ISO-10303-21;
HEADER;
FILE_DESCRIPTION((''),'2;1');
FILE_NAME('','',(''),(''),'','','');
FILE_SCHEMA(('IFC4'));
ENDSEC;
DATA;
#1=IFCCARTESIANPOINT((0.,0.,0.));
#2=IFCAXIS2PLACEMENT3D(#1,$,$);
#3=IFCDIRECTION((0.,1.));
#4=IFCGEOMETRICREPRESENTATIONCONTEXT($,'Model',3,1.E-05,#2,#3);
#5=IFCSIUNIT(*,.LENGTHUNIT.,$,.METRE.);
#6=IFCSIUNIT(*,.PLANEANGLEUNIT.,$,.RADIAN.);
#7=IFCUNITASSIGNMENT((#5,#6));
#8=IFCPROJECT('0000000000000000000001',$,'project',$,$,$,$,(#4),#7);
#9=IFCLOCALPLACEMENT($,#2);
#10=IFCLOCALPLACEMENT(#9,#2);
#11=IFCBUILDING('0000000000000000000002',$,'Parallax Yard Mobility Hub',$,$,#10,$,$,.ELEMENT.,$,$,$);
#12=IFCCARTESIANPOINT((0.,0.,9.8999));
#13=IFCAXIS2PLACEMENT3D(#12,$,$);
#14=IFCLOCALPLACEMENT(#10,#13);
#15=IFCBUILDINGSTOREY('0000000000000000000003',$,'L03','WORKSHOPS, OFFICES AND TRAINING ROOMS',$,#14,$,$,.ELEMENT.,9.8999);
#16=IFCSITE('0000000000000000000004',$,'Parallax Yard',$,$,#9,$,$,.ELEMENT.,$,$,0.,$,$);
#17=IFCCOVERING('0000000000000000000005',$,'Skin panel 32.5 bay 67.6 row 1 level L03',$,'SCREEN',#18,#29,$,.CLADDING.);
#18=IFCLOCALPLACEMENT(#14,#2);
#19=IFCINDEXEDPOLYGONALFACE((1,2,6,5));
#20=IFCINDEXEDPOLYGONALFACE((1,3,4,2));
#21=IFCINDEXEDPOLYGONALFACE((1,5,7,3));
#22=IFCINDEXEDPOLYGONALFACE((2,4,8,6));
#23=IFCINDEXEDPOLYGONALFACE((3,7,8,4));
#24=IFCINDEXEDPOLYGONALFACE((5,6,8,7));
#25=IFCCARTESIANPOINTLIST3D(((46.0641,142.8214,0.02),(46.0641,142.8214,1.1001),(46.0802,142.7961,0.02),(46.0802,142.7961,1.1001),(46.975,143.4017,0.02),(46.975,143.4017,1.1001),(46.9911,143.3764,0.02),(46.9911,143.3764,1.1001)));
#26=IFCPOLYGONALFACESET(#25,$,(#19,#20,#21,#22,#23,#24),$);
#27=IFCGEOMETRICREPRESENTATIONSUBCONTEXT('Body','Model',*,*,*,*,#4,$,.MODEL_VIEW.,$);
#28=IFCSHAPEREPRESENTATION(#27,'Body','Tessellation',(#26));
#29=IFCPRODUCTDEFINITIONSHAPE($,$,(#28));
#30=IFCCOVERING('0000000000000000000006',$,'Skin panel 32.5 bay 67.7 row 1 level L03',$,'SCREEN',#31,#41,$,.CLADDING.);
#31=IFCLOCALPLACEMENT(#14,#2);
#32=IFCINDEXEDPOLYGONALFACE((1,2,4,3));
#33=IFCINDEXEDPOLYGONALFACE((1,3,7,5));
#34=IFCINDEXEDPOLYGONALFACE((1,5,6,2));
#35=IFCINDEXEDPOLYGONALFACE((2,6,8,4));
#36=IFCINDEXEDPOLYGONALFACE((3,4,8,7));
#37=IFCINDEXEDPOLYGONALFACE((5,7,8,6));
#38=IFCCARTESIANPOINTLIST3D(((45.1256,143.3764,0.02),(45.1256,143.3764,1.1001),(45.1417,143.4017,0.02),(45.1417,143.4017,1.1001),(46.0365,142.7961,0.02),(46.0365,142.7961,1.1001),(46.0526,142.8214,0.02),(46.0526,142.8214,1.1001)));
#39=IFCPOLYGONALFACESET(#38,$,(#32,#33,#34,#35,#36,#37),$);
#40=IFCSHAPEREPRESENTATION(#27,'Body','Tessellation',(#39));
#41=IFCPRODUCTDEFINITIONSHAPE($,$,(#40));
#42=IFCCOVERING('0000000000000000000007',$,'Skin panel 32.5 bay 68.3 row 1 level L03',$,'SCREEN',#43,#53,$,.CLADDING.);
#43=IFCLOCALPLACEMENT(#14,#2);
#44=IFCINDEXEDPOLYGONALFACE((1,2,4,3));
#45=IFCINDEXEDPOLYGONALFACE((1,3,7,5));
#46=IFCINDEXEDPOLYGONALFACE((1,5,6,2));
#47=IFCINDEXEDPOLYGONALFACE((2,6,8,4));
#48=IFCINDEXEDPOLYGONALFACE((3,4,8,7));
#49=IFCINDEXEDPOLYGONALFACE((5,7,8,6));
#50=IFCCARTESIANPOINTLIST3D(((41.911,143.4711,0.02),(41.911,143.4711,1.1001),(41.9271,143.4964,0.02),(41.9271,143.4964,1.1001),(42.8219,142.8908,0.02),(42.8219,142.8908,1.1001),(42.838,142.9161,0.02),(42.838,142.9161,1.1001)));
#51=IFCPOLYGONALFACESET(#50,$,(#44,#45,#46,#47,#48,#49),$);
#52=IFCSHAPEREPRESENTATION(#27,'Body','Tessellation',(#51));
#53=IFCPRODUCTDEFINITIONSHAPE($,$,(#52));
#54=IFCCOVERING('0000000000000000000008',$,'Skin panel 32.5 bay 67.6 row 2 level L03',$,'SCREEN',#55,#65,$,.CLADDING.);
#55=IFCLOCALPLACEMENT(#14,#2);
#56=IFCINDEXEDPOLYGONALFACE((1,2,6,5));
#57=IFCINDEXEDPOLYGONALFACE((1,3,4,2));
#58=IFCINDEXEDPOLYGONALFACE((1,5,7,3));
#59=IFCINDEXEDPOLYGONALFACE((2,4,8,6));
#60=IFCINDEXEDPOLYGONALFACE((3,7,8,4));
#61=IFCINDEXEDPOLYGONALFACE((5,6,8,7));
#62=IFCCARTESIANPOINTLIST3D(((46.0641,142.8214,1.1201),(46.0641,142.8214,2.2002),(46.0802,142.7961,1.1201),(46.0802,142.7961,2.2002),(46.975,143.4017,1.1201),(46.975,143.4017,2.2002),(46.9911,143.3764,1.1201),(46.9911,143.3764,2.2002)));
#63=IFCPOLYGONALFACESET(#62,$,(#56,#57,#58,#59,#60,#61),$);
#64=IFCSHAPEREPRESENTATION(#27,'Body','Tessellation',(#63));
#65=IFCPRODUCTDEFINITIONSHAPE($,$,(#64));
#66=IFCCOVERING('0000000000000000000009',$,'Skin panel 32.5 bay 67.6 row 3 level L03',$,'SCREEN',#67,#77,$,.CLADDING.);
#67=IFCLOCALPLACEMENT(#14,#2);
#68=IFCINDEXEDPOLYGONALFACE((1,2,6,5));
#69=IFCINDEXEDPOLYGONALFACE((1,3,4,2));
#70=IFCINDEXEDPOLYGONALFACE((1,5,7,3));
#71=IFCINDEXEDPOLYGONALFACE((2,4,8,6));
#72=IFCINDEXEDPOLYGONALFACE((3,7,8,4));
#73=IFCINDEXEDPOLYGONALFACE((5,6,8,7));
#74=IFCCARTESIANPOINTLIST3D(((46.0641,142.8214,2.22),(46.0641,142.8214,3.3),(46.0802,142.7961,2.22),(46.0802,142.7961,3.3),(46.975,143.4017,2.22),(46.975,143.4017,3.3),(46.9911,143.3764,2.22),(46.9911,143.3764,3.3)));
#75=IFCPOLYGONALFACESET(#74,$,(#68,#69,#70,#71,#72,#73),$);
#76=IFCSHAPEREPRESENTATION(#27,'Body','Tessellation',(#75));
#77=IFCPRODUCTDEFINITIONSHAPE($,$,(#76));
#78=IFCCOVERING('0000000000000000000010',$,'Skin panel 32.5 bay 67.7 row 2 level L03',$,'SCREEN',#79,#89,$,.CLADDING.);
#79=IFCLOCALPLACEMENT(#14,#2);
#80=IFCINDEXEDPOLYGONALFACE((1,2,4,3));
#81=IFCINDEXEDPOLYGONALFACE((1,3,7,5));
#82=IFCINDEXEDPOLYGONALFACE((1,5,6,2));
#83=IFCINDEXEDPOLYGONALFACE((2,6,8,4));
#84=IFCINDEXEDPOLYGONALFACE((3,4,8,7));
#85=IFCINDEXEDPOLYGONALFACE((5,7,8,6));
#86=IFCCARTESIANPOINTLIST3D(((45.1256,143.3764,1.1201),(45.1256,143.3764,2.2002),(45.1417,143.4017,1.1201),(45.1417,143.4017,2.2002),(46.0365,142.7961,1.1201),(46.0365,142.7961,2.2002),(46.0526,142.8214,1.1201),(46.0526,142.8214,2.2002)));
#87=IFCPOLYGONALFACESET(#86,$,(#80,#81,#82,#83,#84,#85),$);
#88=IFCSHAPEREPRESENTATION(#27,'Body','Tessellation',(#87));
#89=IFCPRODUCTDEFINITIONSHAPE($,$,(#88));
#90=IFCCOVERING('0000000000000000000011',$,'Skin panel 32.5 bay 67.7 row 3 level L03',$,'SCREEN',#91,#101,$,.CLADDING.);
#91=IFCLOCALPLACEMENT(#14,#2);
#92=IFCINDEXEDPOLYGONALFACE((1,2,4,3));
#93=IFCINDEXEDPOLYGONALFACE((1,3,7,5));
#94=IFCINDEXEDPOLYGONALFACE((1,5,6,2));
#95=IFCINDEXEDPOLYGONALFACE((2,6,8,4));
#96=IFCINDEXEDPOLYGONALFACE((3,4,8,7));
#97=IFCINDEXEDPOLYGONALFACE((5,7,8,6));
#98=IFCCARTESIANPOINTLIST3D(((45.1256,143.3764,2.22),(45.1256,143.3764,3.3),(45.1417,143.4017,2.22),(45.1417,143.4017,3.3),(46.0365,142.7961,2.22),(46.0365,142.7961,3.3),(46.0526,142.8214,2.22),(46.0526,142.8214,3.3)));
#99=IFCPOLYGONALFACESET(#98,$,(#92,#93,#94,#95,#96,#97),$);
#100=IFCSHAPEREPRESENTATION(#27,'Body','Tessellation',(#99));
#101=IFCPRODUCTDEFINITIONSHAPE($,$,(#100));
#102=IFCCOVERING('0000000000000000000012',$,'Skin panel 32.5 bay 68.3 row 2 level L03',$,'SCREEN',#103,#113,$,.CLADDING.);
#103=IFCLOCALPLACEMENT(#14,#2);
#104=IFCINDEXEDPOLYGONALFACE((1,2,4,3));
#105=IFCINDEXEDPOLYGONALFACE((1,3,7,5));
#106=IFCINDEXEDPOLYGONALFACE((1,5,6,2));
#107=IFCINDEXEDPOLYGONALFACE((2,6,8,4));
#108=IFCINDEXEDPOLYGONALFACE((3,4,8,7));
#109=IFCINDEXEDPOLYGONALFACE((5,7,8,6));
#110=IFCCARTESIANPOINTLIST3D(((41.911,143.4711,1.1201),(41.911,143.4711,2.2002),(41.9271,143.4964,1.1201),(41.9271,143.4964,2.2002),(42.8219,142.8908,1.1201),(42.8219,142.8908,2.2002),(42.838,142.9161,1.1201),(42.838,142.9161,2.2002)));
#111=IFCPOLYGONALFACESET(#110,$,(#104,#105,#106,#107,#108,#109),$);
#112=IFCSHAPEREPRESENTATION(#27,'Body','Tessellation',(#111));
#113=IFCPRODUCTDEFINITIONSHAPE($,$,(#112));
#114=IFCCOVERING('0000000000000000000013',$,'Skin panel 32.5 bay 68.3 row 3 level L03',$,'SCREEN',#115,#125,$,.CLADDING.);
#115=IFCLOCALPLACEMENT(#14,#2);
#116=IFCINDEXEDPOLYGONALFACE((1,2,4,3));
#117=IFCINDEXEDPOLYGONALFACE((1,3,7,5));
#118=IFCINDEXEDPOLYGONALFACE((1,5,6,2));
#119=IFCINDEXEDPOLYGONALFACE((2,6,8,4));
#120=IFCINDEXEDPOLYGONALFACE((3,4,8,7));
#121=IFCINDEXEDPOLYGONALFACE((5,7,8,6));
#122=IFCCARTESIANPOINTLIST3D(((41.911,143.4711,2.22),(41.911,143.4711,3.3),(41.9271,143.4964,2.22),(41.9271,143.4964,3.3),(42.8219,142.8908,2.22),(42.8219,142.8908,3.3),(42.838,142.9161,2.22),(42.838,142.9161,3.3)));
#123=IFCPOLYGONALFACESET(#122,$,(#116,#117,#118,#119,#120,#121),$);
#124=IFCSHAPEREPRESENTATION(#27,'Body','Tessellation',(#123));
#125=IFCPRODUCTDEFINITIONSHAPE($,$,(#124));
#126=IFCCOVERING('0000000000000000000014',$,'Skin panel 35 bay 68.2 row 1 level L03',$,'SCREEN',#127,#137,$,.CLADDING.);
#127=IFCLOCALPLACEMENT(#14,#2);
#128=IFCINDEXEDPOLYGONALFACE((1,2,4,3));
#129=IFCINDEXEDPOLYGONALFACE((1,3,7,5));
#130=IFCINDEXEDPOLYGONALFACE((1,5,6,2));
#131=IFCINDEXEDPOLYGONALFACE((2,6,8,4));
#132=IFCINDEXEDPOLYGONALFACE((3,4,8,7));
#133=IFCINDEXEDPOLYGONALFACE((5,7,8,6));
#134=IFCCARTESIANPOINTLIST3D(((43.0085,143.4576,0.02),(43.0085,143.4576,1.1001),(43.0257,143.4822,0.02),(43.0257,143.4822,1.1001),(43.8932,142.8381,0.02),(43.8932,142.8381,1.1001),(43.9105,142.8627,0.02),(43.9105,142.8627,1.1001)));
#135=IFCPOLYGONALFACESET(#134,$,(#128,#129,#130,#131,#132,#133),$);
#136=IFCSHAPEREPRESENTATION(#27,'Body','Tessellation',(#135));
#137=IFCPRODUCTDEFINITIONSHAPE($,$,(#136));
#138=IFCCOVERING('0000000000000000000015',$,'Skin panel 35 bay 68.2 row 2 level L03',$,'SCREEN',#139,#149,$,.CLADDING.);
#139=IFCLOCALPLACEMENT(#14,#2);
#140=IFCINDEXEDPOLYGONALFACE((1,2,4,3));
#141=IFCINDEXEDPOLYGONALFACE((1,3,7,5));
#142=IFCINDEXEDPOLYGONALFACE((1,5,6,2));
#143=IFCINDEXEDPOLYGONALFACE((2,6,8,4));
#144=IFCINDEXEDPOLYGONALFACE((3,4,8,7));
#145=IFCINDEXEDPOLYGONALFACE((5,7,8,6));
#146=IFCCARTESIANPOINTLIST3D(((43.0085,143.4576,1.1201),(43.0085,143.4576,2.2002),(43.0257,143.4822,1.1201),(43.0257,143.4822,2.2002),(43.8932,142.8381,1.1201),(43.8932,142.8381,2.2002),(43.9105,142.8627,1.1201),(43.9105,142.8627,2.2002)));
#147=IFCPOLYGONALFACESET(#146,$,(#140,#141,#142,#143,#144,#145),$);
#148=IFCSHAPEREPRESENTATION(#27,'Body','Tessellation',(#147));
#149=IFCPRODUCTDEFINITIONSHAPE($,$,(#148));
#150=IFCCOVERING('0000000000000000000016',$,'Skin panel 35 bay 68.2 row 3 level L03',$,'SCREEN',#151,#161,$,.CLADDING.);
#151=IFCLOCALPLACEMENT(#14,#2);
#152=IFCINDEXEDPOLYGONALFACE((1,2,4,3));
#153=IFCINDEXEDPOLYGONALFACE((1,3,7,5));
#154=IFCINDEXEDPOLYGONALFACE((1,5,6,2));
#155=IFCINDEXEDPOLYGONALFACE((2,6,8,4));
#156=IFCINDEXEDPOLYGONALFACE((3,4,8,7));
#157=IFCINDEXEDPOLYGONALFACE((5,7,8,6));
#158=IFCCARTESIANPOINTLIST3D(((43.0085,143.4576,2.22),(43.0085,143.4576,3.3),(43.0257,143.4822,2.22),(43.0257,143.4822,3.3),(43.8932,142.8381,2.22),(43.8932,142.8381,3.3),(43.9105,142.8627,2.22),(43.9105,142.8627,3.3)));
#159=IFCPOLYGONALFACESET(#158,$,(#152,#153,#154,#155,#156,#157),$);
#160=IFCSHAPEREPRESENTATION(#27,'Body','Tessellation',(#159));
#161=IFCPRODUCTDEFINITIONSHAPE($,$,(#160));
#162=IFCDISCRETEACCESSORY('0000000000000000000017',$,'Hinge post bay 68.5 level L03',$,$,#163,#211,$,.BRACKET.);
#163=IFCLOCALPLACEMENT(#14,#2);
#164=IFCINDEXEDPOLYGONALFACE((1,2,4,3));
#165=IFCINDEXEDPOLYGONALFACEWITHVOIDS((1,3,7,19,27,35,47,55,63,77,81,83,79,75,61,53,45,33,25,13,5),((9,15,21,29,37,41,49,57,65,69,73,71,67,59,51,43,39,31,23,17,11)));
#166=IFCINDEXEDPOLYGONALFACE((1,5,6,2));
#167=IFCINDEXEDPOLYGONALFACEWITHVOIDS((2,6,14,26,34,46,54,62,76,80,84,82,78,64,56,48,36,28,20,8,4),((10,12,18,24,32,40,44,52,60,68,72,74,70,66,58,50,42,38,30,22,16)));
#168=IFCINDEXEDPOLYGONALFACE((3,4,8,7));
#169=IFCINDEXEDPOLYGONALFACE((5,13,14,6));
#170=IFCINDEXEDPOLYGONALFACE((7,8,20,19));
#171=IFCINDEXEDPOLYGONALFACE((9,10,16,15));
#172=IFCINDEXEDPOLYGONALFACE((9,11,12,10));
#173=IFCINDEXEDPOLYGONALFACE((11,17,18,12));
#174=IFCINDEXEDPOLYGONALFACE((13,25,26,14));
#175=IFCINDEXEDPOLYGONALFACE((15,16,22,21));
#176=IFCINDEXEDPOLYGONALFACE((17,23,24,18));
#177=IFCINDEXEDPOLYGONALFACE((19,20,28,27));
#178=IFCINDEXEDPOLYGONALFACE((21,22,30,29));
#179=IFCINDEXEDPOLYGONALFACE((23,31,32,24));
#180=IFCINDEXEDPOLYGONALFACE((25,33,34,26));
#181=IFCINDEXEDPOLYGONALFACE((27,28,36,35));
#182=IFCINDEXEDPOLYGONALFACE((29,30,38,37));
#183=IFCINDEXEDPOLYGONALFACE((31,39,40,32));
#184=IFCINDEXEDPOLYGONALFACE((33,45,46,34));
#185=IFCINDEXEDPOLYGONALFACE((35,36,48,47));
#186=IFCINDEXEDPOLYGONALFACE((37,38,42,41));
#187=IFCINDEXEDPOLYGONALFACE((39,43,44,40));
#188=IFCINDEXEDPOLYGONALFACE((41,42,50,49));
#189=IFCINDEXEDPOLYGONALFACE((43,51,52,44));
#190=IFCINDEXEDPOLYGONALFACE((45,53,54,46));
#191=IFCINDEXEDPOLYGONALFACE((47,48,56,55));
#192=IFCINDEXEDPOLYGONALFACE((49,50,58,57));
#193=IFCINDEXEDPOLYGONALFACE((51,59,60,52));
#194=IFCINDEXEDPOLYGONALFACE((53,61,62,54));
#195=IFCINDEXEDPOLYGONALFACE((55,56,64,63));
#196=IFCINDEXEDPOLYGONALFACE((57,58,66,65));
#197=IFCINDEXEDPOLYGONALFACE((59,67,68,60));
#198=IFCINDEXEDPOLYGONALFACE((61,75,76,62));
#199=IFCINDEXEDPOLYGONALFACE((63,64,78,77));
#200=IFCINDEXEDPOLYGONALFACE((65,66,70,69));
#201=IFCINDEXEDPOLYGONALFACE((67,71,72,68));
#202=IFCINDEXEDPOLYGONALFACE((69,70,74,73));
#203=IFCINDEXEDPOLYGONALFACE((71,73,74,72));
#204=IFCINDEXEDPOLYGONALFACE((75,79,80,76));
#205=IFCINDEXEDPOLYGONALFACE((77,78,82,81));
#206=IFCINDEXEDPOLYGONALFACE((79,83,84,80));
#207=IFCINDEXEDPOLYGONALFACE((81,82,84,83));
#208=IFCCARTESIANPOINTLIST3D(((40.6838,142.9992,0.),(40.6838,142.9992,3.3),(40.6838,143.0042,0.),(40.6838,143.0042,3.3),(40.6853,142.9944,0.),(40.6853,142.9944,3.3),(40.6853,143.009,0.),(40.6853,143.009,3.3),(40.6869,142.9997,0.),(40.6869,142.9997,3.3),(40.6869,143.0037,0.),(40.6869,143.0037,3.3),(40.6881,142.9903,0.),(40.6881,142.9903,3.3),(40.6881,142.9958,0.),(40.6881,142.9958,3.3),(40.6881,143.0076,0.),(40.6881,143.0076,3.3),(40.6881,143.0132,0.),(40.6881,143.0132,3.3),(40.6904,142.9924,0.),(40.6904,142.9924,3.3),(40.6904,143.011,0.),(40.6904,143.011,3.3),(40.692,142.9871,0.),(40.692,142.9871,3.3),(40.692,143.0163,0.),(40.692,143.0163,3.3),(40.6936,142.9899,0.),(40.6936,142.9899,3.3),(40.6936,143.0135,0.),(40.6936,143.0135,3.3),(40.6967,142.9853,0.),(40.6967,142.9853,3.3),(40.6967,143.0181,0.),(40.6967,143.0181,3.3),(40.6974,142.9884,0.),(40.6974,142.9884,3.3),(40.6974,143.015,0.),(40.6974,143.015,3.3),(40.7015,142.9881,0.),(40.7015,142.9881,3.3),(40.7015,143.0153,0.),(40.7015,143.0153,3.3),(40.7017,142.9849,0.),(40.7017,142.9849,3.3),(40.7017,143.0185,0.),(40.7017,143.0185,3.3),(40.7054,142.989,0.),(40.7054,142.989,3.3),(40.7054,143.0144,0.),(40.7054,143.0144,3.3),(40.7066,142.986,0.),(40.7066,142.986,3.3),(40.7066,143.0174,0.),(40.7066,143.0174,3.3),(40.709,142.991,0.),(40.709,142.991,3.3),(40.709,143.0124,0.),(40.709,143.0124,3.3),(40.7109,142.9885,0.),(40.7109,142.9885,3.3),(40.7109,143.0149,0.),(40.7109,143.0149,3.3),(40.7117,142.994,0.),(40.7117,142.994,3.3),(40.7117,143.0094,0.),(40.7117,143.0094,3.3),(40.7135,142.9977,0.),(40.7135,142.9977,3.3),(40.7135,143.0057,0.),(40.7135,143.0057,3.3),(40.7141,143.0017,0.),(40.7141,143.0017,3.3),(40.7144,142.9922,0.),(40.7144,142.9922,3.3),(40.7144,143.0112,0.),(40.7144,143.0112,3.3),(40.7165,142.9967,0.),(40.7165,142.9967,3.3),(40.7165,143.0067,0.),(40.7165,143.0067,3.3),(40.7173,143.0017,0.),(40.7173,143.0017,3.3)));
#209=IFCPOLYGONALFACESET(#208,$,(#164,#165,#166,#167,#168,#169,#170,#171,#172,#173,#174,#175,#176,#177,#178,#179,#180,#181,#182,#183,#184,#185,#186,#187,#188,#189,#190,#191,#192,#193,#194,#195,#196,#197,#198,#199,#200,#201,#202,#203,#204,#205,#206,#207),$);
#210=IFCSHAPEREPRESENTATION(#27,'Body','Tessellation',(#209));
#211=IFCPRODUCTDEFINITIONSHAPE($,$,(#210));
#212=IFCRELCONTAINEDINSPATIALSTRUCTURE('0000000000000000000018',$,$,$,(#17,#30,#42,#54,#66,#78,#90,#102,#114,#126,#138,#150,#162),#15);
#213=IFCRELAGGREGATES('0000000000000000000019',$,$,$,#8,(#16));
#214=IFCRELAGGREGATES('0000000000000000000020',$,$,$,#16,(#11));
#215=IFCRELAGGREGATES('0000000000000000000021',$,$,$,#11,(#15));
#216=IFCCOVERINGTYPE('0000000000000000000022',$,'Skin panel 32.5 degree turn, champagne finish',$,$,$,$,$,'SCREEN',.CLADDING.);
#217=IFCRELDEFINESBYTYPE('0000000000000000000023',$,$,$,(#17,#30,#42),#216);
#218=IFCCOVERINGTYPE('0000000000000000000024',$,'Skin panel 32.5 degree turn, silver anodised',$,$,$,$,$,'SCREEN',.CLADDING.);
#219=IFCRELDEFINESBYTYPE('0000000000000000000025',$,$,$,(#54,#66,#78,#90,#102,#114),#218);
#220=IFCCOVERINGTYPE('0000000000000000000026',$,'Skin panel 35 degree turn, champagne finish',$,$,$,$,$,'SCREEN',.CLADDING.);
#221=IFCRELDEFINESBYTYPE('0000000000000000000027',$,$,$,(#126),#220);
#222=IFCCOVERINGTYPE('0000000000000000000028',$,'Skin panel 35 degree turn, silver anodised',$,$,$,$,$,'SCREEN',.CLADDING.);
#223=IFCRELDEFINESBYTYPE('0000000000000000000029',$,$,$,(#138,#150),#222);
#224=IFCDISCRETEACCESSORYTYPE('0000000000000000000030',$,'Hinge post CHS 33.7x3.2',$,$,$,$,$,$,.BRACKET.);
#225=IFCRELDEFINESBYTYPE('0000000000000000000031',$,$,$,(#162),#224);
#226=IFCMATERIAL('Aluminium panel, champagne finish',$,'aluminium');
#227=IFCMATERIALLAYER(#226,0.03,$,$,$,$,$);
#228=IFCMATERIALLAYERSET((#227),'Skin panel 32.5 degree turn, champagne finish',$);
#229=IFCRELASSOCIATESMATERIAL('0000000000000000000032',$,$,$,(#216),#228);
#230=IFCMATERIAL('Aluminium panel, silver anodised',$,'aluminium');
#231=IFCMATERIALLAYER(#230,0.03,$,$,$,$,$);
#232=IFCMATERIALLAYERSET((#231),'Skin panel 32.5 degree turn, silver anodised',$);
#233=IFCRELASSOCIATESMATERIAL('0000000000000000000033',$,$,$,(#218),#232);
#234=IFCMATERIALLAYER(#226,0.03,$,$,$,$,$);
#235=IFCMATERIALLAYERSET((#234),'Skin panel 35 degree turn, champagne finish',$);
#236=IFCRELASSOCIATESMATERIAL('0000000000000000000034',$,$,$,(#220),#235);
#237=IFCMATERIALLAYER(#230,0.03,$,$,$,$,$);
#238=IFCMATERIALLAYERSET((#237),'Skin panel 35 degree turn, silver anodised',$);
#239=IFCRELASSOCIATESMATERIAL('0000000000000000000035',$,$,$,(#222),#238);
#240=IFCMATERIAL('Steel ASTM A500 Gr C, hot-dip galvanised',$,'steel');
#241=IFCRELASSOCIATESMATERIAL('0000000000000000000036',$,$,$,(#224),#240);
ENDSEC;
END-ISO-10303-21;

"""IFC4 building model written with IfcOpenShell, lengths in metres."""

from ifc_helpers import new_model, si_unit, direction, frame, origin, origin_2d, place, context, subcontext, project, spatial, rectangle, hollow_circle, extrude, material, layer, layer_set, material_profile, profile_set, type_object, element, save


model = new_model("IFC4")

# Units and contexts
model_context = context("Model", 3, precision=1e-05, world=origin(), true_north=direction((0.0, 1.0)))
body_context = subcontext(model_context, "Body", "Model", "MODEL_VIEW")
ifc_project = project(units=[si_unit("LENGTHUNIT", "METRE"), si_unit("PLANEANGLEUNIT", "RADIAN")], contexts=[model_context])

# Site, building, storey
site_placement = place(None, origin())
site = spatial("IfcSite", under=ifc_project, at=site_placement, Name="Parallax Yard", CompositionType="ELEMENT", RefElevation=0.0)
building_placement = place(site_placement, origin())
building = spatial("IfcBuilding", under=site, at=building_placement, Name="Parallax Yard Mobility Hub", CompositionType="ELEMENT")
storey_placement = place(building_placement, frame((0.0, 0.0, 9.8999)))
storey = spatial("IfcBuildingStorey", under=building, at=storey_placement, Name="L03", Description="WORKSHOPS, OFFICES AND TRAINING ROOMS", CompositionType="ELEMENT", Elevation=9.8999)

# Coverings
ifc_material_1 = material(Name="Aluminium panel, champagne finish", Category="aluminium")
ifc_material_2 = material(Name="Aluminium panel, silver anodised", Category="aluminium")
ifc_layer_1 = layer(ifc_material_1, 0.03)
ifc_layer_set_1 = layer_set([ifc_layer_1], Name="Skin panel 32.5 degree turn, champagne finish")
covering_type_1 = type_object("IfcCoveringType", Name="Skin panel 32.5 degree turn, champagne finish", ElementType="SCREEN", PredefinedType="CLADDING", material=ifc_layer_set_1)
for number, where, z_axis, x_axis, name in (
    (1, (46.5276, 143.0989, 0.02), (0.0, 0.0, 1.0), (0.843391, 0.5373, 0.0), "Skin panel 32.5 bay 67.6 row 1 level L03"),
    (2, (45.5891, 143.0989, 0.02), (0.0, 0.0, 1.0), (-0.843391, 0.5373, 0.0), "Skin panel 32.5 bay 67.7 row 1 level L03"),
    (3, (42.3745, 143.1936, 0.02), (0.0, 0.0, 1.0), (-0.843391, 0.5373, 0.0), "Skin panel 32.5 bay 68.3 row 1 level L03"),
):
    element("IfcCovering", number, at=place(storey_placement, frame(where, z_axis=z_axis, x_axis=x_axis)), inside=storey, type_object=covering_type_1, Name=name, ObjectType="SCREEN", PredefinedType="CLADDING", context=body_context, shape_type="SweptSolid", body=[
        extrude(rectangle(XDim=1.0801, YDim=0.03, at=origin_2d()), origin(), (0.0, 0.0, 1.0), 1.0801),
    ])
ifc_layer_2 = layer(ifc_material_2, 0.03)
ifc_layer_set_2 = layer_set([ifc_layer_2], Name="Skin panel 32.5 degree turn, silver anodised")
covering_type_2 = type_object("IfcCoveringType", Name="Skin panel 32.5 degree turn, silver anodised", ElementType="SCREEN", PredefinedType="CLADDING", material=ifc_layer_set_2)
for number, where, z_axis, x_axis, name in (
    (4, (46.5276, 143.0989, 1.1201), (0.0, 0.0, 1.0), (0.843391, 0.5373, 0.0), "Skin panel 32.5 bay 67.6 row 2 level L03"),
    (5, (46.5276, 143.0989, 2.22), (0.0, 0.0, 1.0), (0.843391, 0.5373, 0.0), "Skin panel 32.5 bay 67.6 row 3 level L03"),
    (6, (45.5891, 143.0989, 1.1201), (0.0, 0.0, 1.0), (-0.843391, 0.5373, 0.0), "Skin panel 32.5 bay 67.7 row 2 level L03"),
    (7, (45.5891, 143.0989, 2.22), (0.0, 0.0, 1.0), (-0.843391, 0.5373, 0.0), "Skin panel 32.5 bay 67.7 row 3 level L03"),
    (8, (42.3745, 143.1936, 1.1201), (0.0, 0.0, 1.0), (-0.843391, 0.5373, 0.0), "Skin panel 32.5 bay 68.3 row 2 level L03"),
    (9, (42.3745, 143.1936, 2.22), (0.0, 0.0, 1.0), (-0.843391, 0.5373, 0.0), "Skin panel 32.5 bay 68.3 row 3 level L03"),
):
    element("IfcCovering", number, at=place(storey_placement, frame(where, z_axis=z_axis, x_axis=x_axis)), inside=storey, type_object=covering_type_2, Name=name, ObjectType="SCREEN", PredefinedType="CLADDING", context=body_context, shape_type="SweptSolid", body=[
        extrude(rectangle(XDim=1.0801, YDim=0.03, at=origin_2d()), origin(), (0.0, 0.0, 1.0), 1.0801),
    ])
ifc_layer_3 = layer(ifc_material_1, 0.03)
ifc_layer_set_3 = layer_set([ifc_layer_3], Name="Skin panel 35 degree turn, champagne finish")
covering_type_3 = type_object("IfcCoveringType", Name="Skin panel 35 degree turn, champagne finish", ElementType="SCREEN", PredefinedType="CLADDING", material=ifc_layer_set_3)
covering_1_placement = place(storey_placement, frame((43.4595, 143.1602, 0.02), z_axis=(0.0, 0.0, 1.0), x_axis=(-0.819152, 0.573576, 0.0)))
element("IfcCovering", 10, at=covering_1_placement, inside=storey, type_object=covering_type_3, Name="Skin panel 35 bay 68.2 row 1 level L03", ObjectType="SCREEN", PredefinedType="CLADDING", context=body_context, shape_type="SweptSolid", body=[
    extrude(rectangle(XDim=1.0801, YDim=0.03, at=origin_2d()), origin(), (0.0, 0.0, 1.0), 1.0801),
])
ifc_layer_4 = layer(ifc_material_2, 0.03)
ifc_layer_set_4 = layer_set([ifc_layer_4], Name="Skin panel 35 degree turn, silver anodised")
covering_type_4 = type_object("IfcCoveringType", Name="Skin panel 35 degree turn, silver anodised", ElementType="SCREEN", PredefinedType="CLADDING", material=ifc_layer_set_4)
for number, where, z_axis, x_axis, name in (
    (11, (43.4595, 143.1602, 1.1201), (0.0, 0.0, 1.0), (-0.819152, 0.573576, 0.0), "Skin panel 35 bay 68.2 row 2 level L03"),
    (12, (43.4595, 143.1602, 2.22), (0.0, 0.0, 1.0), (-0.819152, 0.573576, 0.0), "Skin panel 35 bay 68.2 row 3 level L03"),
):
    element("IfcCovering", number, at=place(storey_placement, frame(where, z_axis=z_axis, x_axis=x_axis)), inside=storey, type_object=covering_type_4, Name=name, ObjectType="SCREEN", PredefinedType="CLADDING", context=body_context, shape_type="SweptSolid", body=[
        extrude(rectangle(XDim=1.0801, YDim=0.03, at=origin_2d()), origin(), (0.0, 0.0, 1.0), 1.0801),
    ])

# Discrete accessory
ifc_material_3 = material(Name="Steel ASTM A500 Gr C, hot-dip galvanised", Category="steel")
ifc_material_profile = material_profile(ifc_material_3, hollow_circle(Radius=0.0168, WallThickness=0.0032, at=origin_2d()), Name="CHS 33.7x3.2")
ifc_profile_set = profile_set([ifc_material_profile], Name="Steel ASTM A500 Gr C, hot-dip galvanised")
discrete_accessory_type = type_object("IfcDiscreteAccessoryType", Name="Hinge post CHS 33.7x3.2", PredefinedType="BRACKET", material=ifc_profile_set)
for number, where, z_axis, x_axis, name in (
    (13, (40.7004, 143.0017, 0.0), (0.0, 0.0, 1.0), (1.0, 0.0, 0.0), "Hinge post bay 68.5 level L03"),
):
    element("IfcDiscreteAccessory", number, at=place(storey_placement, frame(where, z_axis=z_axis, x_axis=x_axis)), inside=storey, type_object=discrete_accessory_type, Name=name, PredefinedType="BRACKET", context=body_context, shape_type="SweptSolid", body=[
        extrude(hollow_circle(Radius=0.0168, WallThickness=0.0032, at=origin_2d()), origin(), (0.0, 0.0, 1.0), 3.3),
    ])

save(model, "model.ifc")
